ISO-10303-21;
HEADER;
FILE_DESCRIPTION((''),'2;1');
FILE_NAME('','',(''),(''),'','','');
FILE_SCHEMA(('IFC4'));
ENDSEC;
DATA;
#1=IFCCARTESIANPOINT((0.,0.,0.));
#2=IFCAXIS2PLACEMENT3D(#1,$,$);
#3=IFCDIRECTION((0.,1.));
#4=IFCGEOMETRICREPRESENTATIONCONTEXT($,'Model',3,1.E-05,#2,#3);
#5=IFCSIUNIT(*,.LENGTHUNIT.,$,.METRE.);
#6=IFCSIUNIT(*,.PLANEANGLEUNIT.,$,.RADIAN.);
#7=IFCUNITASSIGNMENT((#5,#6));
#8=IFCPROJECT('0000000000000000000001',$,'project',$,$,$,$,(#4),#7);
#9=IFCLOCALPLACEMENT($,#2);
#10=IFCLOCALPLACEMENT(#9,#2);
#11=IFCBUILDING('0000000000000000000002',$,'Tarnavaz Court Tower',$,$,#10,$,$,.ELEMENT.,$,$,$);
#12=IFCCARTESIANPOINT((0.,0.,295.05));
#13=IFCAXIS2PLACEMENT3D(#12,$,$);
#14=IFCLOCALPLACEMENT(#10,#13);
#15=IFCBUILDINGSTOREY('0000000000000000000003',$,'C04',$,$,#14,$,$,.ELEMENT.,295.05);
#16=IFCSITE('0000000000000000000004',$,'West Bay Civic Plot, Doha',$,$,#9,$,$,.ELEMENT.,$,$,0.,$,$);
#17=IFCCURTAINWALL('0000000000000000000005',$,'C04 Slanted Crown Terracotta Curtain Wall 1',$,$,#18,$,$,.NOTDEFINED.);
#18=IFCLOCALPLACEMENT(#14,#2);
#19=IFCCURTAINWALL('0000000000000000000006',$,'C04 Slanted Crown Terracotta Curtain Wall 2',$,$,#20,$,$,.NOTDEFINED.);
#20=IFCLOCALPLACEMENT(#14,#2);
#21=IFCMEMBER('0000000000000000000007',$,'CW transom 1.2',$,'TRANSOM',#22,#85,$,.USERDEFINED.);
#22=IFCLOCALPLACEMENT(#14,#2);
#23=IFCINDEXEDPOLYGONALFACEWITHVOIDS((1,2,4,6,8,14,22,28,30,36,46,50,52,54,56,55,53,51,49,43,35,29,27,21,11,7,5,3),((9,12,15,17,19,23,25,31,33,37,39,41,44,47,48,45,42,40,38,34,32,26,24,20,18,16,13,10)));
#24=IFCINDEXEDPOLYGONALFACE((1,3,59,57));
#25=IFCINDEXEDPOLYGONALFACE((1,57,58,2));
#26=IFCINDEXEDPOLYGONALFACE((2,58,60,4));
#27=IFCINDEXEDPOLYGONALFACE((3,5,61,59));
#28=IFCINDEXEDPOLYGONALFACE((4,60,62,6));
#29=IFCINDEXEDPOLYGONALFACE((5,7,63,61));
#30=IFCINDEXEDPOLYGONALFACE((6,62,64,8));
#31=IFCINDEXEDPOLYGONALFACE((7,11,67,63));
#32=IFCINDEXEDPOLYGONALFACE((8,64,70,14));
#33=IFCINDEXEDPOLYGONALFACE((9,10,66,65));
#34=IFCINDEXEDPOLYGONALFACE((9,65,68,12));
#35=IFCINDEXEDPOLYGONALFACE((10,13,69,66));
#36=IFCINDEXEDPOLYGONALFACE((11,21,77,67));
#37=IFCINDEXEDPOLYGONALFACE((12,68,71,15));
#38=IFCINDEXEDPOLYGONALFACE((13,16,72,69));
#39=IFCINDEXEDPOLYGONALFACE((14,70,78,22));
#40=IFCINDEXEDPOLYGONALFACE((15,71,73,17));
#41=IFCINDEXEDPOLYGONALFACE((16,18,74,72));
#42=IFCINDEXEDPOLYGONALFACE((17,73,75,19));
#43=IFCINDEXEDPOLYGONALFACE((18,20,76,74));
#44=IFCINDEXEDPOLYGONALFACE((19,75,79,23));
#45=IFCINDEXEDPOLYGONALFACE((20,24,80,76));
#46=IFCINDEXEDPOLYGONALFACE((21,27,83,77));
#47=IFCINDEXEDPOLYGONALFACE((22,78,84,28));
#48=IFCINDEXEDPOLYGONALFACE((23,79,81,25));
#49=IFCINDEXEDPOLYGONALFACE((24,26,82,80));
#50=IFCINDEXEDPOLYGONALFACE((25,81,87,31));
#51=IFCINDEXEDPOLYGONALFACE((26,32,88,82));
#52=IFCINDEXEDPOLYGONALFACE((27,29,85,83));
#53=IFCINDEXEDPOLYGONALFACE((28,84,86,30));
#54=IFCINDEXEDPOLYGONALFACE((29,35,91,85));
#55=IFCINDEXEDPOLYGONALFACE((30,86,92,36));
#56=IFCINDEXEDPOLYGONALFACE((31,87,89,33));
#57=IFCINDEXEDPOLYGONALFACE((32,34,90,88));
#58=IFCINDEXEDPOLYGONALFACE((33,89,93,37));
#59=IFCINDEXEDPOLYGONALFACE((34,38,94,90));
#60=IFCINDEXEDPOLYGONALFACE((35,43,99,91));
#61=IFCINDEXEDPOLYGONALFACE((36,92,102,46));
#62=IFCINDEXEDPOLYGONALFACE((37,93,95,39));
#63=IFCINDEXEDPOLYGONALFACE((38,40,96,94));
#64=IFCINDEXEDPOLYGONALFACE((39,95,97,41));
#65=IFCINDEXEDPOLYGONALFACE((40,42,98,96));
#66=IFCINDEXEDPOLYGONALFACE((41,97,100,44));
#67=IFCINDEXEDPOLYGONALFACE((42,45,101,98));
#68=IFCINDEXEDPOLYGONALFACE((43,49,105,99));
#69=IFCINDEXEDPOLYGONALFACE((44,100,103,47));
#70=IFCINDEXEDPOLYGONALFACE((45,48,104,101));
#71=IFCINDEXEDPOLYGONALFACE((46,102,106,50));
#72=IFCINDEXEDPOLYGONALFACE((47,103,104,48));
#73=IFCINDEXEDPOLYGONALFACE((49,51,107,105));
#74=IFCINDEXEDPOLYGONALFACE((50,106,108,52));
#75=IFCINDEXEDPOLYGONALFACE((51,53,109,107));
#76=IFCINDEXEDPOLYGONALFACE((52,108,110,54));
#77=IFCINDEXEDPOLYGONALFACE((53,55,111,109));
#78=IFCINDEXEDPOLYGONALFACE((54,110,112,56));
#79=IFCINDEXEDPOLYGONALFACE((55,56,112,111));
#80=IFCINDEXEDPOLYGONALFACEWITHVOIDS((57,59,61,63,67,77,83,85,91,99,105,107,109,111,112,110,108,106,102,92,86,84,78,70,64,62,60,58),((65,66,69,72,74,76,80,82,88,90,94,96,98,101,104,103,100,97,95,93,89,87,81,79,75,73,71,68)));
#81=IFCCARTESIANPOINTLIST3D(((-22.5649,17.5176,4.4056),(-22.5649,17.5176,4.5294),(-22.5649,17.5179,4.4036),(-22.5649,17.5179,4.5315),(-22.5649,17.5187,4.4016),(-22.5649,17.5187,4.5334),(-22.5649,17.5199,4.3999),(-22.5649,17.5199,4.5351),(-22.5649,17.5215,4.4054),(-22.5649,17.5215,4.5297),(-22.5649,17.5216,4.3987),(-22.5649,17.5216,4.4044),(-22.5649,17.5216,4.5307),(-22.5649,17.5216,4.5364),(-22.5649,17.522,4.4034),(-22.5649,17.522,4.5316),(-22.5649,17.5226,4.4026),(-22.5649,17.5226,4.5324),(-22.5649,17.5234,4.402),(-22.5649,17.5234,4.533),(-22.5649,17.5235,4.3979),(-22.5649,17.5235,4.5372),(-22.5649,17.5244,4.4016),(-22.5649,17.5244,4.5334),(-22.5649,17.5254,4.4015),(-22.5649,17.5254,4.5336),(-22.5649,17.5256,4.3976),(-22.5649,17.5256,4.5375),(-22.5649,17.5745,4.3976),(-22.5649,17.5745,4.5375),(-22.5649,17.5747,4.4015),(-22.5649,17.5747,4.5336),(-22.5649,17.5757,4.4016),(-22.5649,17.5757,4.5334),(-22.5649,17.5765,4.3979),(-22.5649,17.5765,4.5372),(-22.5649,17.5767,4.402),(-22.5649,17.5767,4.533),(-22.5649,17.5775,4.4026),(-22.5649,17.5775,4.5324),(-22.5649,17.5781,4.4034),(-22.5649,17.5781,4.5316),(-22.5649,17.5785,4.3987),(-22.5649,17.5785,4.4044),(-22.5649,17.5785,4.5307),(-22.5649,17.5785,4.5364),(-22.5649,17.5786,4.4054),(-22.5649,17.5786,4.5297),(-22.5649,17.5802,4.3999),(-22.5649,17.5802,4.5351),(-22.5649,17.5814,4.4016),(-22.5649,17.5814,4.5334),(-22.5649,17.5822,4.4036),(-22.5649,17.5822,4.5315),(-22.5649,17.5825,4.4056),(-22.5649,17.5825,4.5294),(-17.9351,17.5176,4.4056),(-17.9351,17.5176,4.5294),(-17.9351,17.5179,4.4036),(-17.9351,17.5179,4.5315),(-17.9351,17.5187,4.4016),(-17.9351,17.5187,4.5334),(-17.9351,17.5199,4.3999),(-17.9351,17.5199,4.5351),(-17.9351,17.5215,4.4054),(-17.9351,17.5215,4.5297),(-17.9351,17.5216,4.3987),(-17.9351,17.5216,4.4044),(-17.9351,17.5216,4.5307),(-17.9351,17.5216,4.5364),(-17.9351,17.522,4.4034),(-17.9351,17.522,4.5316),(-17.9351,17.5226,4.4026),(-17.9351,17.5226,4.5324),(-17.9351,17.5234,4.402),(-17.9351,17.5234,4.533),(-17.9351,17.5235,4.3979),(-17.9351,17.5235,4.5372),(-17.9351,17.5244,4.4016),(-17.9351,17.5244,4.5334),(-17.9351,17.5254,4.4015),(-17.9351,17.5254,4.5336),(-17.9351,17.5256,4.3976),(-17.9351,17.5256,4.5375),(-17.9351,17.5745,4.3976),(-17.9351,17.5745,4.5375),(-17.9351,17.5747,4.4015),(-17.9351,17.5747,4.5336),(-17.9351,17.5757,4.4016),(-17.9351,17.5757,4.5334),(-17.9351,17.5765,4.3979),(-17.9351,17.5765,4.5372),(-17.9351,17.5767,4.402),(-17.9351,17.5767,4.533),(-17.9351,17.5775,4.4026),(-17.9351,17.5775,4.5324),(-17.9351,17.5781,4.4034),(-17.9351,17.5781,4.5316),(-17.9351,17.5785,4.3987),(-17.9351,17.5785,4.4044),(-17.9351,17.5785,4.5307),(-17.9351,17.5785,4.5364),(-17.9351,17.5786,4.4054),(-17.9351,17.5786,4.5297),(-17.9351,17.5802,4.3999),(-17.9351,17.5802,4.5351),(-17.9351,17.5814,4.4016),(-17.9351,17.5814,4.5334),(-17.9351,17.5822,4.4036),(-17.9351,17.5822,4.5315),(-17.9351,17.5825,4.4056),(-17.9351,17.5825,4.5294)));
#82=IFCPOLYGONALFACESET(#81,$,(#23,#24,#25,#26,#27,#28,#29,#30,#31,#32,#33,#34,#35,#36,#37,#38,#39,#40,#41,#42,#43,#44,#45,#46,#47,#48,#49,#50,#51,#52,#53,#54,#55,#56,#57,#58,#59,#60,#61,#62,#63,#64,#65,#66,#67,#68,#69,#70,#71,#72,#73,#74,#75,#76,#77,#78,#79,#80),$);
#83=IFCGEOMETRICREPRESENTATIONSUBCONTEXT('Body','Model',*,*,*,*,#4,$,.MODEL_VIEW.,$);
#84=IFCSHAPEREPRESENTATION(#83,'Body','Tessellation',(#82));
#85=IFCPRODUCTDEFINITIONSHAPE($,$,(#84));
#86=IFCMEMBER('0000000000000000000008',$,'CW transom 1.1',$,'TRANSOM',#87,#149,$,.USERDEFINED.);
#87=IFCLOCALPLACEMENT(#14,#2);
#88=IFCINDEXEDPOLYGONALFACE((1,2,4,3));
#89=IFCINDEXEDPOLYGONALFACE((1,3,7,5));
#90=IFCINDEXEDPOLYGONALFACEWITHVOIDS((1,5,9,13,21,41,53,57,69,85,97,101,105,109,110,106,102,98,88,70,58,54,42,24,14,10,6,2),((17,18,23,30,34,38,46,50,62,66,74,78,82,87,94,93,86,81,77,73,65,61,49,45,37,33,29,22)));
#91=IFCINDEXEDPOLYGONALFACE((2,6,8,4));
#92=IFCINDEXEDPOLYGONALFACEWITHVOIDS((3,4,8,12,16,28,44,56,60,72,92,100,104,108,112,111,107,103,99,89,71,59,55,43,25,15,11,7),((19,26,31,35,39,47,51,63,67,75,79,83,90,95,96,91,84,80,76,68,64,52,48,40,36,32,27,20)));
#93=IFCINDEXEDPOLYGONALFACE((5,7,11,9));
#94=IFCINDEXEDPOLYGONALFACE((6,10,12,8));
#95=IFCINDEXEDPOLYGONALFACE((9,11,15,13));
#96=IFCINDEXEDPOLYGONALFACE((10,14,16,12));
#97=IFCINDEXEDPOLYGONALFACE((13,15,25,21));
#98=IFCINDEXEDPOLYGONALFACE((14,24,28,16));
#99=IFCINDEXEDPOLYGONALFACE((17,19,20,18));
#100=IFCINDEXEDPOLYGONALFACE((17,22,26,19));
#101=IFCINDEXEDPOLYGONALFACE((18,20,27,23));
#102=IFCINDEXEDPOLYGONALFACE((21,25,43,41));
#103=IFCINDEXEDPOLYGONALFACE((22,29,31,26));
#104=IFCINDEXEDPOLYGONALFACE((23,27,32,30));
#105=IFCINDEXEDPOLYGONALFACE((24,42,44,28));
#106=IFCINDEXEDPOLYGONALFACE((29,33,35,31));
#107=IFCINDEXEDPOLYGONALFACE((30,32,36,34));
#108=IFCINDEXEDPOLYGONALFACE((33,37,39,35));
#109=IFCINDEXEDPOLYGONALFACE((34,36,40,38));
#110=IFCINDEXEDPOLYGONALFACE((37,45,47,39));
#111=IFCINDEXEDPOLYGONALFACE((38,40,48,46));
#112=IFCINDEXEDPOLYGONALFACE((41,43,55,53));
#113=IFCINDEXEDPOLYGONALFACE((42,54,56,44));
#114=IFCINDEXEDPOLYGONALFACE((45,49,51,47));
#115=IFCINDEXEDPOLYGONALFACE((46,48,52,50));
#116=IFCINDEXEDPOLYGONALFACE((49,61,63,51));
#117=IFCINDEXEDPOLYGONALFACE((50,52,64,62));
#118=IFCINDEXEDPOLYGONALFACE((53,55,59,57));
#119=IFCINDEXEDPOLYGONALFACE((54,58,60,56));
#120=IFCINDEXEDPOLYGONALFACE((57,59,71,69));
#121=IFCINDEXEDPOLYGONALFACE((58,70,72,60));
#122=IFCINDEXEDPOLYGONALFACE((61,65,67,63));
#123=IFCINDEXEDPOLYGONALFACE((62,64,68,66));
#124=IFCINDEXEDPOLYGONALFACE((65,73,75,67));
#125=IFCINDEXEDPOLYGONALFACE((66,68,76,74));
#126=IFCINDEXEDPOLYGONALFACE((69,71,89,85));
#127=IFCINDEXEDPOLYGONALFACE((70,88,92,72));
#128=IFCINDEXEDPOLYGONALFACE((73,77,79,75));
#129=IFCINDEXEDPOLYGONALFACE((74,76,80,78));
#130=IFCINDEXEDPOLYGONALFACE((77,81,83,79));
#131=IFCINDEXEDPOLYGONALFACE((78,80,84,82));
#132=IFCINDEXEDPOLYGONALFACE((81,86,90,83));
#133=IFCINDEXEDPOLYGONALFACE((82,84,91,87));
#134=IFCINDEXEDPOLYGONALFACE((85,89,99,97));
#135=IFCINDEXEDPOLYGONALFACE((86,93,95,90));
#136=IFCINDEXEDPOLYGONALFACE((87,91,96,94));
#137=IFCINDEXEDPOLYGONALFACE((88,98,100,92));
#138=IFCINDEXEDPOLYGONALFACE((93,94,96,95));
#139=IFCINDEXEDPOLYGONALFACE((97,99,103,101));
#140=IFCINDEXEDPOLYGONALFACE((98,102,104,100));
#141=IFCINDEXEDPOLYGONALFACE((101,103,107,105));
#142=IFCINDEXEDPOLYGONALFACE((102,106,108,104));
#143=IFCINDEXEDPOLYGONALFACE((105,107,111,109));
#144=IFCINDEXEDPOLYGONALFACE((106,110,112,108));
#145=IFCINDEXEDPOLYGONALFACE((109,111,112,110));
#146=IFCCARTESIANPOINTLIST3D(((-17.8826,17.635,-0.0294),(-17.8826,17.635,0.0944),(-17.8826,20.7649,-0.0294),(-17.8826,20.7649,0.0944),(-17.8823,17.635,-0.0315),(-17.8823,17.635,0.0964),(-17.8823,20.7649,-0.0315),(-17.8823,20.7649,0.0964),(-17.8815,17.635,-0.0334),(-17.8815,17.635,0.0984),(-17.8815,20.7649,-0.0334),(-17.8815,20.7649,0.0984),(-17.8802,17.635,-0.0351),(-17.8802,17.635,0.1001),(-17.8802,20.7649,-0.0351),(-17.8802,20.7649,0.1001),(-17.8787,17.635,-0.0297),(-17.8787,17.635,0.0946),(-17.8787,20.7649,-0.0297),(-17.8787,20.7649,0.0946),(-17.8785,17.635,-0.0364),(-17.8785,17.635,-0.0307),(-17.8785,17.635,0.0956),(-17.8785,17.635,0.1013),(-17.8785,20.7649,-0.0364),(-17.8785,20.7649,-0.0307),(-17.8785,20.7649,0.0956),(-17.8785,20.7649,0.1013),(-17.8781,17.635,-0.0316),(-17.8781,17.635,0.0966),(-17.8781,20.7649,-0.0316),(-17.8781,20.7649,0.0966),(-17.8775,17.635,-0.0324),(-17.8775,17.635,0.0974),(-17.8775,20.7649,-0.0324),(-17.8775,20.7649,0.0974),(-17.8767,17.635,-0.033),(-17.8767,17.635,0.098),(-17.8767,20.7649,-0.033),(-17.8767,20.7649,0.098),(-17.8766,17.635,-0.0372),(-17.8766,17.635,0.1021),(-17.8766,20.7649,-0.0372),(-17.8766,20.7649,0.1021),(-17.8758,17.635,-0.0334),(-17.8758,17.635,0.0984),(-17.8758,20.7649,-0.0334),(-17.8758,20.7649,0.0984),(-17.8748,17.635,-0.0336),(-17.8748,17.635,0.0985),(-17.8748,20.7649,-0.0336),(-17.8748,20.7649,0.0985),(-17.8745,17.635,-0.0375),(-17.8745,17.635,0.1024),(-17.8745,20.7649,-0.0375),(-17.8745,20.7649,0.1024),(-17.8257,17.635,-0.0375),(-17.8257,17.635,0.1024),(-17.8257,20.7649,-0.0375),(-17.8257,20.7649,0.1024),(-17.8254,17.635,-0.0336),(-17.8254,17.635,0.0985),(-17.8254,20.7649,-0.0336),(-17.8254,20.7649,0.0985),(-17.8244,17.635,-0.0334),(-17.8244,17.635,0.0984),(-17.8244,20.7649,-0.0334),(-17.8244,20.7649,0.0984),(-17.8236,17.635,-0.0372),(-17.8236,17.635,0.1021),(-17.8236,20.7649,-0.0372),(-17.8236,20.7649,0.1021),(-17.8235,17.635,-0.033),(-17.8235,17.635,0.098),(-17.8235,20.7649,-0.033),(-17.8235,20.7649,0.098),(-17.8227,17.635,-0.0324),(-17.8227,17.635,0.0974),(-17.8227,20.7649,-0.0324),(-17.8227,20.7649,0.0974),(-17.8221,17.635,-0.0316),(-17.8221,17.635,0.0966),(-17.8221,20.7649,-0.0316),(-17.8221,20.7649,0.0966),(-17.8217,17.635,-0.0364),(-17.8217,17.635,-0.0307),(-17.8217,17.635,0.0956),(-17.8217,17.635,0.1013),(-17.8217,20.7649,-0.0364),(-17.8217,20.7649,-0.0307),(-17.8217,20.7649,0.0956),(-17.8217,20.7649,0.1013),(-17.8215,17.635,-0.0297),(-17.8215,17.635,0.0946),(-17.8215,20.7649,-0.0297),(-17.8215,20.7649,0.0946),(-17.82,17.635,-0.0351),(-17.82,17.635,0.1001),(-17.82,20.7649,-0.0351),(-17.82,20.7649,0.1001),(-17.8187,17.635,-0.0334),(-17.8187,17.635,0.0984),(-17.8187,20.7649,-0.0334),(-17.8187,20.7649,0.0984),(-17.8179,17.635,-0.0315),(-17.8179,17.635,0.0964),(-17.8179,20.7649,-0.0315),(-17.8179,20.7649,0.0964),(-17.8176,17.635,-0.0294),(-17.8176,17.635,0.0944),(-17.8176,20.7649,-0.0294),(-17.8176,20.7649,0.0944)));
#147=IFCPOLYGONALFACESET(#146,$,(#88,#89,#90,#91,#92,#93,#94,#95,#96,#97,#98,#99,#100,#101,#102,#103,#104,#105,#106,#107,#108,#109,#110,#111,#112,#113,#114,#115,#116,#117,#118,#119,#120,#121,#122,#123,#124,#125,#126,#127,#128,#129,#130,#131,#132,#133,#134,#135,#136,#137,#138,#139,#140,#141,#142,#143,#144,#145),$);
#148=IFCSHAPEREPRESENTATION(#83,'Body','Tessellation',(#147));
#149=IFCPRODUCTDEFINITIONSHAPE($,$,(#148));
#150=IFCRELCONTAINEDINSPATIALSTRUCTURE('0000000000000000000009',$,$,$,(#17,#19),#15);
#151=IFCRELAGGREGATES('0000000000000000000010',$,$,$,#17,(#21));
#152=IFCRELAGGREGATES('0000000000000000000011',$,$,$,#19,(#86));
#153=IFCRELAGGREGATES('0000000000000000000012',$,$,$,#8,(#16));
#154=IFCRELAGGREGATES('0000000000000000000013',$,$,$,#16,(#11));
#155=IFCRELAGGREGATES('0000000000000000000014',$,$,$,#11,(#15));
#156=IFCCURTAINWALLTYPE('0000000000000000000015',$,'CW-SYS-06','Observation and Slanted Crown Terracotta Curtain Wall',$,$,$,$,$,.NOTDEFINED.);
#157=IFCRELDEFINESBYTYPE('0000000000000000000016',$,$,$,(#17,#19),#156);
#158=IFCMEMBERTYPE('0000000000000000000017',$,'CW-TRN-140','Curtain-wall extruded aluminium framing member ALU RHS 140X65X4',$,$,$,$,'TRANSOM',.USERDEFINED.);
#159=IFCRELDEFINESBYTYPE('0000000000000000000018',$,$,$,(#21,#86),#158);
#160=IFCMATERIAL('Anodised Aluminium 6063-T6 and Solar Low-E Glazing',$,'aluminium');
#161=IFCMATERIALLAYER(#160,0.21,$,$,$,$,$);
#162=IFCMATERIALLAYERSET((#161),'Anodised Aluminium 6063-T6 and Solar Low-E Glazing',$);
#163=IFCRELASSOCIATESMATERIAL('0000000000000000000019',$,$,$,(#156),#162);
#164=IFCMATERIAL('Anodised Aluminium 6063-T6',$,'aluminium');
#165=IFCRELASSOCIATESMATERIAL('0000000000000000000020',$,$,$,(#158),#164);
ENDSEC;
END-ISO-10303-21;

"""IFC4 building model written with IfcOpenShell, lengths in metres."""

from ifc_helpers import new_model, si_unit, direction, frame, origin, origin_2d, place, context, subcontext, project, spatial, hollow_rectangle, extrude, material, layer, layer_set, material_profile, profile_set, type_object, element, aggregate, save


model = new_model("IFC4")

# Units and contexts
model_context = context("Model", 3, precision=1e-05, world=origin(), true_north=direction((0.0, 1.0)))
body_context = subcontext(model_context, "Body", "Model", "MODEL_VIEW")
ifc_project = project(units=[si_unit("LENGTHUNIT", "METRE"), si_unit("PLANEANGLEUNIT", "RADIAN")], contexts=[model_context])

# Site, building, storey
site_placement = place(None, origin())
site = spatial("IfcSite", under=ifc_project, at=site_placement, Name="West Bay Civic Plot, Doha", CompositionType="ELEMENT", RefElevation=0.0)
building_placement = place(site_placement, origin())
building = spatial("IfcBuilding", under=site, at=building_placement, Name="Tarnavaz Court Tower", CompositionType="ELEMENT")
storey_placement = place(building_placement, frame((0.0, 0.0, 295.05)))
storey = spatial("IfcBuildingStorey", under=building, at=storey_placement, Name="C04", CompositionType="ELEMENT", Elevation=295.05)

# Curtain wall
ifc_material_1 = material(Name="Anodised Aluminium 6063-T6 and Solar Low-E Glazing", Category="aluminium")
ifc_layer_1 = layer(ifc_material_1, 0.21)
ifc_layer_set_1 = layer_set([ifc_layer_1], Name="Anodised Aluminium 6063-T6 and Solar Low-E Glazing")
curtain_wall_type = type_object("IfcCurtainWallType", Name="CW-SYS-06", Description="Observation and Slanted Crown Terracotta Curtain Wall", PredefinedType="NOTDEFINED", material=ifc_layer_set_1)
curtain_wall_1_placement = place(storey_placement, origin())
curtain_wall_1 = element("IfcCurtainWall", 1, at=curtain_wall_1_placement, inside=storey, type_object=curtain_wall_type, Name="C04 Slanted Crown Terracotta Curtain Wall 1", PredefinedType="NOTDEFINED")
ifc_material_2 = material(Name="Anodised Aluminium 6063-T6", Category="aluminium")

# Curtain wall
curtain_wall_2_placement = place(storey_placement, origin())
curtain_wall_2 = element("IfcCurtainWall", 2, at=curtain_wall_2_placement, inside=storey, type_object=curtain_wall_type, Name="C04 Slanted Crown Terracotta Curtain Wall 2", PredefinedType="NOTDEFINED")

# Members
ifc_material_profile_1 = material_profile(ifc_material_2, hollow_rectangle(XDim=0.0649, YDim=0.1399, WallThickness=0.0039, InnerFilletRadius=0.0039, OuterFilletRadius=0.0081, at=origin_2d()), Name="ALU RHS 140X65X4")
ifc_profile_set_1 = profile_set([ifc_material_profile_1], Name="Anodised Aluminium 6063-T6")
member_type_1 = type_object("IfcMemberType", Name="CW-TRN-140", Description="Curtain-wall extruded aluminium framing member ALU RHS 140X65X4", ElementType="TRANSOM", PredefinedType="USERDEFINED", material=ifc_profile_set_1)
member_1_placement = place(storey_placement, frame((-22.5649, 17.55, 4.4675), z_axis=(1.0, 0.0, 0.0), x_axis=(0.0, 1.0, 0.0)))
member_1 = element("IfcMember", 3, at=member_1_placement, type_object=member_type_1, Name="CW transom 1.2", ObjectType="TRANSOM", PredefinedType="USERDEFINED", context=body_context, shape_type="SweptSolid", body=[
    extrude(hollow_rectangle(XDim=0.0649, YDim=0.1399, WallThickness=0.0039, InnerFilletRadius=0.0039, OuterFilletRadius=0.0081, at=origin_2d()), origin(), (0.0, 0.0, 1.0), 4.6299),
])
member_2_placement = place(storey_placement, frame((-17.8501, 17.635, 0.0325), z_axis=(0.0, 1.0, 0.0), x_axis=(-1.0, 0.0, 0.0)))
member_2 = element("IfcMember", 4, at=member_2_placement, type_object=member_type_1, Name="CW transom 1.1", ObjectType="TRANSOM", PredefinedType="USERDEFINED", context=body_context, shape_type="SweptSolid", body=[
    extrude(hollow_rectangle(XDim=0.0649, YDim=0.1399, WallThickness=0.0039, InnerFilletRadius=0.0039, OuterFilletRadius=0.0081, at=origin_2d()), origin(), (0.0, 0.0, 1.0), 3.1299),
])

aggregate(curtain_wall_1, [member_1])
aggregate(curtain_wall_2, [member_2])

save(model, "model.ifc")
